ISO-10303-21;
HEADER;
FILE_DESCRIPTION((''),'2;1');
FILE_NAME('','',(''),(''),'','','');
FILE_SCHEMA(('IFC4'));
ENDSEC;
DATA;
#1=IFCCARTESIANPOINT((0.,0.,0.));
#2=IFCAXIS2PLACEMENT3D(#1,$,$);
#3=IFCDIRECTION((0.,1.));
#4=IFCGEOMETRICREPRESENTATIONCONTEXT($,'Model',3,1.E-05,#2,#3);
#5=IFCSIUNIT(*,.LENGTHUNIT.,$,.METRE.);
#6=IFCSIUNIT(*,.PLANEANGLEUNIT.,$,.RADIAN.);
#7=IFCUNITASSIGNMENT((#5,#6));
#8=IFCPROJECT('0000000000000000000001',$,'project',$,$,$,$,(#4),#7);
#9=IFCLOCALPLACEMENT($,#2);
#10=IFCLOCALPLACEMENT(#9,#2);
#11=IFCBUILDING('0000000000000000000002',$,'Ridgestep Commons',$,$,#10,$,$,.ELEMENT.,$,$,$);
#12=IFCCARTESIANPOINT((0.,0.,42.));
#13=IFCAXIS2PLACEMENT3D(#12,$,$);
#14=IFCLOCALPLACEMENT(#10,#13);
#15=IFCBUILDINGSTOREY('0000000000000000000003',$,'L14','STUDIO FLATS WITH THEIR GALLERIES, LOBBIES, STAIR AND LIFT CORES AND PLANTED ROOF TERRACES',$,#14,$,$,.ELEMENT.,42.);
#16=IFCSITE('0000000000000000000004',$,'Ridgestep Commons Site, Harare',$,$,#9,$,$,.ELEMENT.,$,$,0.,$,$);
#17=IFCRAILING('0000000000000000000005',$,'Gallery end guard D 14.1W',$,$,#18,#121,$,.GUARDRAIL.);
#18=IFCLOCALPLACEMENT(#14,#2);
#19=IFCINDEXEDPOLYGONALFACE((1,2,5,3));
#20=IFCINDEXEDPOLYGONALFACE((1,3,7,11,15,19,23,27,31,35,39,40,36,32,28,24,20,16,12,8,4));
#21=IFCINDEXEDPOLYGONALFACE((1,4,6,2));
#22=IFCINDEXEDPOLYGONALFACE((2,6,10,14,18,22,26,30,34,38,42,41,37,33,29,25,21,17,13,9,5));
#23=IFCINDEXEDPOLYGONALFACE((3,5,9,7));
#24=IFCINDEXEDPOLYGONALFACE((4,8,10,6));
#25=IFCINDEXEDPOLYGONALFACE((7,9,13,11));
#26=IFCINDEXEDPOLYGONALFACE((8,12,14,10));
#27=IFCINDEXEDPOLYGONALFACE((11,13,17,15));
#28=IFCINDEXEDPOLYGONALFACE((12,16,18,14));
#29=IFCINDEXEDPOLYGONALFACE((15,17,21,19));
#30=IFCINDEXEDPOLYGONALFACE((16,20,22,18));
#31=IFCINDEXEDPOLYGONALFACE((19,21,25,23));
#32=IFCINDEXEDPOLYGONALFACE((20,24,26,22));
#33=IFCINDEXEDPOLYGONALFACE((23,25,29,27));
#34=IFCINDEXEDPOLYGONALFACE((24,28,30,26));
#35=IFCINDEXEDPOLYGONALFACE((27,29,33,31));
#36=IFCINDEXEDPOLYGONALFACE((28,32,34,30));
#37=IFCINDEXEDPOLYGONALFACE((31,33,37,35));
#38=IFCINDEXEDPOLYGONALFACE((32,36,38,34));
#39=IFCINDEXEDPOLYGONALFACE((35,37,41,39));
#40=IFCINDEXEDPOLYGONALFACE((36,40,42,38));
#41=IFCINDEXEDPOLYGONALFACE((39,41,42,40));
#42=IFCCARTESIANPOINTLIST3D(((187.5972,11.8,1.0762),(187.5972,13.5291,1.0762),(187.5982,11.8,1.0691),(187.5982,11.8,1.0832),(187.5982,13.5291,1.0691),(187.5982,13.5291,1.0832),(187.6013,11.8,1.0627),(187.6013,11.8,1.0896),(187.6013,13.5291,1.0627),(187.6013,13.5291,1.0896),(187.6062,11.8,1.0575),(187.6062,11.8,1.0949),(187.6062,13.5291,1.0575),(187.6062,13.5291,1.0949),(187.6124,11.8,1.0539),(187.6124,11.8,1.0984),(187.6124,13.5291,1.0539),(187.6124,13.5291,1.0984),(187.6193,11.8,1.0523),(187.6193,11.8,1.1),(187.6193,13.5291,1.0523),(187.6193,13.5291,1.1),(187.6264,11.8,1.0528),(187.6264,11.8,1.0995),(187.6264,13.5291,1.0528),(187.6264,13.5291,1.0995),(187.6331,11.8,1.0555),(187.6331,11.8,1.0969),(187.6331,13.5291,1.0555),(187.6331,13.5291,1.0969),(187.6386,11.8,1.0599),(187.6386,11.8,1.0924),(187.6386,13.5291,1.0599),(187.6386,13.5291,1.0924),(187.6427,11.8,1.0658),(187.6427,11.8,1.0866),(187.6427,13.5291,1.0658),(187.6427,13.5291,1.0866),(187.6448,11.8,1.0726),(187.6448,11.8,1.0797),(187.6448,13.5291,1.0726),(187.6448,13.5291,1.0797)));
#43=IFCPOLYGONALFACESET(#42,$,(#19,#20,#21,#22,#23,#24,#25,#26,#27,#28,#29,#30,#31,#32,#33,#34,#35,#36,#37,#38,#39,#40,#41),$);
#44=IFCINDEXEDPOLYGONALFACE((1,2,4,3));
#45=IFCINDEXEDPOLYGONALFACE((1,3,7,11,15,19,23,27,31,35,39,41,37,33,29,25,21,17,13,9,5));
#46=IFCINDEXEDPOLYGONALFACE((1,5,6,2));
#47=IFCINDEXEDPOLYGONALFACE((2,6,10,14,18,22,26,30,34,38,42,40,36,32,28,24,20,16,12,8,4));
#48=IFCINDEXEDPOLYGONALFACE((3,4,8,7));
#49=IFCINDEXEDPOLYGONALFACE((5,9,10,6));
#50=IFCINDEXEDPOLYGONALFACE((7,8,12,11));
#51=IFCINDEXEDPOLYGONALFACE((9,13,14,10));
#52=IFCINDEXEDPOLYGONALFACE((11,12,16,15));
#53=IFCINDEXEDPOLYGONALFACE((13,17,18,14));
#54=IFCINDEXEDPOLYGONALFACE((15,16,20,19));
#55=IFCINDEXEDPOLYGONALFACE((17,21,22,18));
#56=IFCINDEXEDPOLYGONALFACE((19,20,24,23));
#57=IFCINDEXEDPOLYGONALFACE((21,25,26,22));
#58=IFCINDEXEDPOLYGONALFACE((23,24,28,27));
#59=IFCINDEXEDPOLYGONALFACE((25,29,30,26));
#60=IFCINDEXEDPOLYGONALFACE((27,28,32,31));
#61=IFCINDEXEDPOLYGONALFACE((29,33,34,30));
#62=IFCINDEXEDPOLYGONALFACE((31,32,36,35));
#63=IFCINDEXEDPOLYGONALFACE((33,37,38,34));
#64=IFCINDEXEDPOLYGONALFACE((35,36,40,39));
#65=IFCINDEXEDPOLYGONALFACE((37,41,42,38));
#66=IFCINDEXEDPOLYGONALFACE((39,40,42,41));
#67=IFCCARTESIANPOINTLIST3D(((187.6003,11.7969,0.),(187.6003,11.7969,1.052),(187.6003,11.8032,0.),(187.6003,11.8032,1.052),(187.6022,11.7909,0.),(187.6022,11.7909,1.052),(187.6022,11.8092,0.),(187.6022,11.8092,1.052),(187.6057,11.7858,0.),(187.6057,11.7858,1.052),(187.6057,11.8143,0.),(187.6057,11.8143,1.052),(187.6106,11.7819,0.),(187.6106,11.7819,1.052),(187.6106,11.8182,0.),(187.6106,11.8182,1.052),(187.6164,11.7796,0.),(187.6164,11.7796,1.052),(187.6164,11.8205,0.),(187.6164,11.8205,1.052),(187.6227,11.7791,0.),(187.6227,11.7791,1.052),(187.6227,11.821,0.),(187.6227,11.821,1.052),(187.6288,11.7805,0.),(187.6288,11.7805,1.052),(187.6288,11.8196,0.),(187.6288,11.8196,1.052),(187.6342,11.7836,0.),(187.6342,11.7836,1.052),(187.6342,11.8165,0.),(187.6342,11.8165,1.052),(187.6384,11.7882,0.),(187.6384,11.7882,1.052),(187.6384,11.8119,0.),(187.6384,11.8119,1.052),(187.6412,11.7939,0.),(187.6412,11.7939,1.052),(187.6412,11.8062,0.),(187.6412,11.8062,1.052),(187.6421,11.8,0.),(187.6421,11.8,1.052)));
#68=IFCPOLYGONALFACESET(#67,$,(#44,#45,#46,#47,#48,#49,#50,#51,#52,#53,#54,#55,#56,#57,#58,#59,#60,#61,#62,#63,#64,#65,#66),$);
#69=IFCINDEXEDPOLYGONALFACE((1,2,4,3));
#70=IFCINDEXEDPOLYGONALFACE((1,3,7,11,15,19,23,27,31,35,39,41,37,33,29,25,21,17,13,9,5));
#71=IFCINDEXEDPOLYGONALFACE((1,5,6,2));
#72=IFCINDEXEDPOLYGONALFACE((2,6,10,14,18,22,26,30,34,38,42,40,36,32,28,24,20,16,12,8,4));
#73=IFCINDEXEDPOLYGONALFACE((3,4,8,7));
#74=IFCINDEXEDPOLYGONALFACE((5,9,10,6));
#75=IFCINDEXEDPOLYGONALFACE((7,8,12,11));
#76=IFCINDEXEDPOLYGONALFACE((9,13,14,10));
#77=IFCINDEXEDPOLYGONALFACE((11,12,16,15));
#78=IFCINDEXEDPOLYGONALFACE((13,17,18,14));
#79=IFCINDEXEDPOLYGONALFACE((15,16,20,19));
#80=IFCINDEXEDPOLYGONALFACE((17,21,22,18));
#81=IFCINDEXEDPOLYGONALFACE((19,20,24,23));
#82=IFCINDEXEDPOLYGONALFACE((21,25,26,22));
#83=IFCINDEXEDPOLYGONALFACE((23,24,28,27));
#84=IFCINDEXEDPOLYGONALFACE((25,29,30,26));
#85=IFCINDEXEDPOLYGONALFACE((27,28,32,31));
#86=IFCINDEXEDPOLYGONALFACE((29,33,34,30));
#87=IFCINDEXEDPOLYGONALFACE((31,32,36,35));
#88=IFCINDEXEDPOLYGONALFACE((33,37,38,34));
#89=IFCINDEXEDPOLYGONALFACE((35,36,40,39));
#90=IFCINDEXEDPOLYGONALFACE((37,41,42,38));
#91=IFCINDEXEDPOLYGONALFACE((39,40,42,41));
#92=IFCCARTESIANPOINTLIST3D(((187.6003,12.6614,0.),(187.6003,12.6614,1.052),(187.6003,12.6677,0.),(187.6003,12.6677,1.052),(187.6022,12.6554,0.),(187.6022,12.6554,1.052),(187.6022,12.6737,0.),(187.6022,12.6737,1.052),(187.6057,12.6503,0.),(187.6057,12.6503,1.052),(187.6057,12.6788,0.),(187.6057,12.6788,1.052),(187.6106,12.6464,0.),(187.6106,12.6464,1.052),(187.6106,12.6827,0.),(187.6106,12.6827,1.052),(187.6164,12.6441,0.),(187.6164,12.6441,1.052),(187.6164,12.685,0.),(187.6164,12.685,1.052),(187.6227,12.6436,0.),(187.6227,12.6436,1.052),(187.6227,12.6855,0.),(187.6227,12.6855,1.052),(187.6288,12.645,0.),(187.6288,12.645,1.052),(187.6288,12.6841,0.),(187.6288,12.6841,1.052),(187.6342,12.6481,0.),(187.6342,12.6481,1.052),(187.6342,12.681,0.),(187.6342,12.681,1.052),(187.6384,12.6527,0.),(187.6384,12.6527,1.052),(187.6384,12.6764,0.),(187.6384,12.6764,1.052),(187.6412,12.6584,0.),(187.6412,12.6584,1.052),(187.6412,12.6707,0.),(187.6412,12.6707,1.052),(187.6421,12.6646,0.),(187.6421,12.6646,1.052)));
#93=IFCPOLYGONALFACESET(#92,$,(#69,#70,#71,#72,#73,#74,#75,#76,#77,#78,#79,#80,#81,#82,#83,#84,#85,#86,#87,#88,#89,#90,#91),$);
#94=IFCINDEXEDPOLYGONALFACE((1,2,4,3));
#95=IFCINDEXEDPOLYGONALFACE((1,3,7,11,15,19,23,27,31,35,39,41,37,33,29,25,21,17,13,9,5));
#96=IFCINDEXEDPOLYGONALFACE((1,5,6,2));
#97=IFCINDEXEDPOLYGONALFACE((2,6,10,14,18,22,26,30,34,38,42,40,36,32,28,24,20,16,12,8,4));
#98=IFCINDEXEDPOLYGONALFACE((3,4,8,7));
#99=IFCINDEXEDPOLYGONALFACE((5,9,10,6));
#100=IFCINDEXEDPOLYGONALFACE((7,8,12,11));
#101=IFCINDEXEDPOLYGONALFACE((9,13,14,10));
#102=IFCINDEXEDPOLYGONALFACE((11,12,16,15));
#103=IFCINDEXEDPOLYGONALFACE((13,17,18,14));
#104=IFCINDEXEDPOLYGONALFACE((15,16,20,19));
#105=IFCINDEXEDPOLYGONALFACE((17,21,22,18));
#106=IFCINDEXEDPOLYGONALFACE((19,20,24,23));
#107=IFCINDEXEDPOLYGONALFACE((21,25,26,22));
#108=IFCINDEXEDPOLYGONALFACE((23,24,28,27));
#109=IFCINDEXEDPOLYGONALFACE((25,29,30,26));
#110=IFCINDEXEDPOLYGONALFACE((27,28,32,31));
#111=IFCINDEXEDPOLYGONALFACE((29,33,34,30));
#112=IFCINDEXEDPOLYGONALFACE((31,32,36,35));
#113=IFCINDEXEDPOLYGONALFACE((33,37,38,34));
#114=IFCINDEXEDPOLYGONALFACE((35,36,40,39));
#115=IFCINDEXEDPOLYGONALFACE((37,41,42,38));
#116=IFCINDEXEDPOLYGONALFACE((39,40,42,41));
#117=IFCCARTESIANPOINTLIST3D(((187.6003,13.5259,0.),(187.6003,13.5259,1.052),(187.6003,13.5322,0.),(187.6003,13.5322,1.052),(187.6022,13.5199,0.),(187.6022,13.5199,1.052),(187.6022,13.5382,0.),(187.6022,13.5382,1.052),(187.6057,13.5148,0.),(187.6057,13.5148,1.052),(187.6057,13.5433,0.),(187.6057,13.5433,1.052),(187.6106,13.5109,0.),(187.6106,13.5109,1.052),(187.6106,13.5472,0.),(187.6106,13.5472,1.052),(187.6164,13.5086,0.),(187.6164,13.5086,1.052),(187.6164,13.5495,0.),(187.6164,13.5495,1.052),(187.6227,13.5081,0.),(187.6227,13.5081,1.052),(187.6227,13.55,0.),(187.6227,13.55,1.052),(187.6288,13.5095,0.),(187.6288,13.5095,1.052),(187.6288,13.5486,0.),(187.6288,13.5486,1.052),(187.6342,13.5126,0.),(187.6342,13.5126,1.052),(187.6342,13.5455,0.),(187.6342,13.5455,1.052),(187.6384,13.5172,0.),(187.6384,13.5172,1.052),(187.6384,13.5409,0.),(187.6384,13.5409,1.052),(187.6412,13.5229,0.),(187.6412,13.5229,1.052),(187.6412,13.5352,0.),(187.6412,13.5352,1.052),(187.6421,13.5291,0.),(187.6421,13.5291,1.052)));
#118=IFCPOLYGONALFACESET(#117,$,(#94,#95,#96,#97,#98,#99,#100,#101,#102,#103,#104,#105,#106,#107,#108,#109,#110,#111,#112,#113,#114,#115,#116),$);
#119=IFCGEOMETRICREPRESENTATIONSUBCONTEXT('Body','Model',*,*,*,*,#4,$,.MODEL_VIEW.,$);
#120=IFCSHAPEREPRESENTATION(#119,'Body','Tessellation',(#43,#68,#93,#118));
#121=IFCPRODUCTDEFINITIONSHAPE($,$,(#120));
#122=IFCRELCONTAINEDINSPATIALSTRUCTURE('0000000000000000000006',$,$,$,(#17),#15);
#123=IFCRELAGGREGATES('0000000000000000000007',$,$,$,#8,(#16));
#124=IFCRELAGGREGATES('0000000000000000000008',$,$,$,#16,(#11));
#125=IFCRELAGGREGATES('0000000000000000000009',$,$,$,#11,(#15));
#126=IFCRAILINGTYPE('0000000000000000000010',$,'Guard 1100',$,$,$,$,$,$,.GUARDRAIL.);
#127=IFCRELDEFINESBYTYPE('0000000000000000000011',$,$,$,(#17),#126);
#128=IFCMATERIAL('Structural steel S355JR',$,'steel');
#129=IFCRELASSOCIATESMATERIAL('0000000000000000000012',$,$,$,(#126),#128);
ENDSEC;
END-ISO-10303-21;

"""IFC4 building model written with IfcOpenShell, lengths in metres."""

from ifc_helpers import new_model, si_unit, direction, frame, origin, origin_2d, place, context, subcontext, project, spatial, circle, extrude, material, type_object, element, save


model = new_model("IFC4")

# Units and contexts
model_context = context("Model", 3, precision=1e-05, world=origin(), true_north=direction((0.0, 1.0)))
body_context = subcontext(model_context, "Body", "Model", "MODEL_VIEW")
ifc_project = project(units=[si_unit("LENGTHUNIT", "METRE"), si_unit("PLANEANGLEUNIT", "RADIAN")], contexts=[model_context])

# Site, building, storey
site_placement = place(None, origin())
site = spatial("IfcSite", under=ifc_project, at=site_placement, Name="Ridgestep Commons Site, Harare", CompositionType="ELEMENT", RefElevation=0.0)
building_placement = place(site_placement, origin())
building = spatial("IfcBuilding", under=site, at=building_placement, Name="Ridgestep Commons", CompositionType="ELEMENT")
storey_placement = place(building_placement, frame((0.0, 0.0, 42.0)))
storey = spatial("IfcBuildingStorey", under=building, at=storey_placement, Name="L14", Description="STUDIO FLATS WITH THEIR GALLERIES, LOBBIES, STAIR AND LIFT CORES AND PLANTED ROOF TERRACES", CompositionType="ELEMENT", Elevation=42.0)

# Railing
ifc_material_1 = material(Name="Structural steel S355JR", Category="steel")
railing_type_1 = type_object("IfcRailingType", Name="Guard 1100", PredefinedType="GUARDRAIL", material=ifc_material_1)
railing_1_placement = place(storey_placement, frame((187.6211, 11.8, 0.0)))
element("IfcRailing", 1, at=railing_1_placement, inside=storey, type_object=railing_type_1, Name="Gallery end guard D 14.1W", PredefinedType="GUARDRAIL", context=body_context, shape_type="SweptSolid", body=[
    extrude(circle(Radius=0.0239, at=origin_2d()), frame((0.0, 0.0, 1.0762), z_axis=(0.0, 1.0, 0.0), x_axis=(-1.0, 0.0, 0.0)), (0.0, 0.0, 1.0), 1.729),
    extrude(circle(Radius=0.021, at=origin_2d()), origin(), (0.0, 0.0, 1.0), 1.052),
    extrude(circle(Radius=0.021, at=origin_2d()), frame((0.0, 0.8645, 0.0)), (0.0, 0.0, 1.0), 1.052),
    extrude(circle(Radius=0.021, at=origin_2d()), frame((0.0, 1.729, 0.0)), (0.0, 0.0, 1.0), 1.052),
])

save(model, "model.ifc")
